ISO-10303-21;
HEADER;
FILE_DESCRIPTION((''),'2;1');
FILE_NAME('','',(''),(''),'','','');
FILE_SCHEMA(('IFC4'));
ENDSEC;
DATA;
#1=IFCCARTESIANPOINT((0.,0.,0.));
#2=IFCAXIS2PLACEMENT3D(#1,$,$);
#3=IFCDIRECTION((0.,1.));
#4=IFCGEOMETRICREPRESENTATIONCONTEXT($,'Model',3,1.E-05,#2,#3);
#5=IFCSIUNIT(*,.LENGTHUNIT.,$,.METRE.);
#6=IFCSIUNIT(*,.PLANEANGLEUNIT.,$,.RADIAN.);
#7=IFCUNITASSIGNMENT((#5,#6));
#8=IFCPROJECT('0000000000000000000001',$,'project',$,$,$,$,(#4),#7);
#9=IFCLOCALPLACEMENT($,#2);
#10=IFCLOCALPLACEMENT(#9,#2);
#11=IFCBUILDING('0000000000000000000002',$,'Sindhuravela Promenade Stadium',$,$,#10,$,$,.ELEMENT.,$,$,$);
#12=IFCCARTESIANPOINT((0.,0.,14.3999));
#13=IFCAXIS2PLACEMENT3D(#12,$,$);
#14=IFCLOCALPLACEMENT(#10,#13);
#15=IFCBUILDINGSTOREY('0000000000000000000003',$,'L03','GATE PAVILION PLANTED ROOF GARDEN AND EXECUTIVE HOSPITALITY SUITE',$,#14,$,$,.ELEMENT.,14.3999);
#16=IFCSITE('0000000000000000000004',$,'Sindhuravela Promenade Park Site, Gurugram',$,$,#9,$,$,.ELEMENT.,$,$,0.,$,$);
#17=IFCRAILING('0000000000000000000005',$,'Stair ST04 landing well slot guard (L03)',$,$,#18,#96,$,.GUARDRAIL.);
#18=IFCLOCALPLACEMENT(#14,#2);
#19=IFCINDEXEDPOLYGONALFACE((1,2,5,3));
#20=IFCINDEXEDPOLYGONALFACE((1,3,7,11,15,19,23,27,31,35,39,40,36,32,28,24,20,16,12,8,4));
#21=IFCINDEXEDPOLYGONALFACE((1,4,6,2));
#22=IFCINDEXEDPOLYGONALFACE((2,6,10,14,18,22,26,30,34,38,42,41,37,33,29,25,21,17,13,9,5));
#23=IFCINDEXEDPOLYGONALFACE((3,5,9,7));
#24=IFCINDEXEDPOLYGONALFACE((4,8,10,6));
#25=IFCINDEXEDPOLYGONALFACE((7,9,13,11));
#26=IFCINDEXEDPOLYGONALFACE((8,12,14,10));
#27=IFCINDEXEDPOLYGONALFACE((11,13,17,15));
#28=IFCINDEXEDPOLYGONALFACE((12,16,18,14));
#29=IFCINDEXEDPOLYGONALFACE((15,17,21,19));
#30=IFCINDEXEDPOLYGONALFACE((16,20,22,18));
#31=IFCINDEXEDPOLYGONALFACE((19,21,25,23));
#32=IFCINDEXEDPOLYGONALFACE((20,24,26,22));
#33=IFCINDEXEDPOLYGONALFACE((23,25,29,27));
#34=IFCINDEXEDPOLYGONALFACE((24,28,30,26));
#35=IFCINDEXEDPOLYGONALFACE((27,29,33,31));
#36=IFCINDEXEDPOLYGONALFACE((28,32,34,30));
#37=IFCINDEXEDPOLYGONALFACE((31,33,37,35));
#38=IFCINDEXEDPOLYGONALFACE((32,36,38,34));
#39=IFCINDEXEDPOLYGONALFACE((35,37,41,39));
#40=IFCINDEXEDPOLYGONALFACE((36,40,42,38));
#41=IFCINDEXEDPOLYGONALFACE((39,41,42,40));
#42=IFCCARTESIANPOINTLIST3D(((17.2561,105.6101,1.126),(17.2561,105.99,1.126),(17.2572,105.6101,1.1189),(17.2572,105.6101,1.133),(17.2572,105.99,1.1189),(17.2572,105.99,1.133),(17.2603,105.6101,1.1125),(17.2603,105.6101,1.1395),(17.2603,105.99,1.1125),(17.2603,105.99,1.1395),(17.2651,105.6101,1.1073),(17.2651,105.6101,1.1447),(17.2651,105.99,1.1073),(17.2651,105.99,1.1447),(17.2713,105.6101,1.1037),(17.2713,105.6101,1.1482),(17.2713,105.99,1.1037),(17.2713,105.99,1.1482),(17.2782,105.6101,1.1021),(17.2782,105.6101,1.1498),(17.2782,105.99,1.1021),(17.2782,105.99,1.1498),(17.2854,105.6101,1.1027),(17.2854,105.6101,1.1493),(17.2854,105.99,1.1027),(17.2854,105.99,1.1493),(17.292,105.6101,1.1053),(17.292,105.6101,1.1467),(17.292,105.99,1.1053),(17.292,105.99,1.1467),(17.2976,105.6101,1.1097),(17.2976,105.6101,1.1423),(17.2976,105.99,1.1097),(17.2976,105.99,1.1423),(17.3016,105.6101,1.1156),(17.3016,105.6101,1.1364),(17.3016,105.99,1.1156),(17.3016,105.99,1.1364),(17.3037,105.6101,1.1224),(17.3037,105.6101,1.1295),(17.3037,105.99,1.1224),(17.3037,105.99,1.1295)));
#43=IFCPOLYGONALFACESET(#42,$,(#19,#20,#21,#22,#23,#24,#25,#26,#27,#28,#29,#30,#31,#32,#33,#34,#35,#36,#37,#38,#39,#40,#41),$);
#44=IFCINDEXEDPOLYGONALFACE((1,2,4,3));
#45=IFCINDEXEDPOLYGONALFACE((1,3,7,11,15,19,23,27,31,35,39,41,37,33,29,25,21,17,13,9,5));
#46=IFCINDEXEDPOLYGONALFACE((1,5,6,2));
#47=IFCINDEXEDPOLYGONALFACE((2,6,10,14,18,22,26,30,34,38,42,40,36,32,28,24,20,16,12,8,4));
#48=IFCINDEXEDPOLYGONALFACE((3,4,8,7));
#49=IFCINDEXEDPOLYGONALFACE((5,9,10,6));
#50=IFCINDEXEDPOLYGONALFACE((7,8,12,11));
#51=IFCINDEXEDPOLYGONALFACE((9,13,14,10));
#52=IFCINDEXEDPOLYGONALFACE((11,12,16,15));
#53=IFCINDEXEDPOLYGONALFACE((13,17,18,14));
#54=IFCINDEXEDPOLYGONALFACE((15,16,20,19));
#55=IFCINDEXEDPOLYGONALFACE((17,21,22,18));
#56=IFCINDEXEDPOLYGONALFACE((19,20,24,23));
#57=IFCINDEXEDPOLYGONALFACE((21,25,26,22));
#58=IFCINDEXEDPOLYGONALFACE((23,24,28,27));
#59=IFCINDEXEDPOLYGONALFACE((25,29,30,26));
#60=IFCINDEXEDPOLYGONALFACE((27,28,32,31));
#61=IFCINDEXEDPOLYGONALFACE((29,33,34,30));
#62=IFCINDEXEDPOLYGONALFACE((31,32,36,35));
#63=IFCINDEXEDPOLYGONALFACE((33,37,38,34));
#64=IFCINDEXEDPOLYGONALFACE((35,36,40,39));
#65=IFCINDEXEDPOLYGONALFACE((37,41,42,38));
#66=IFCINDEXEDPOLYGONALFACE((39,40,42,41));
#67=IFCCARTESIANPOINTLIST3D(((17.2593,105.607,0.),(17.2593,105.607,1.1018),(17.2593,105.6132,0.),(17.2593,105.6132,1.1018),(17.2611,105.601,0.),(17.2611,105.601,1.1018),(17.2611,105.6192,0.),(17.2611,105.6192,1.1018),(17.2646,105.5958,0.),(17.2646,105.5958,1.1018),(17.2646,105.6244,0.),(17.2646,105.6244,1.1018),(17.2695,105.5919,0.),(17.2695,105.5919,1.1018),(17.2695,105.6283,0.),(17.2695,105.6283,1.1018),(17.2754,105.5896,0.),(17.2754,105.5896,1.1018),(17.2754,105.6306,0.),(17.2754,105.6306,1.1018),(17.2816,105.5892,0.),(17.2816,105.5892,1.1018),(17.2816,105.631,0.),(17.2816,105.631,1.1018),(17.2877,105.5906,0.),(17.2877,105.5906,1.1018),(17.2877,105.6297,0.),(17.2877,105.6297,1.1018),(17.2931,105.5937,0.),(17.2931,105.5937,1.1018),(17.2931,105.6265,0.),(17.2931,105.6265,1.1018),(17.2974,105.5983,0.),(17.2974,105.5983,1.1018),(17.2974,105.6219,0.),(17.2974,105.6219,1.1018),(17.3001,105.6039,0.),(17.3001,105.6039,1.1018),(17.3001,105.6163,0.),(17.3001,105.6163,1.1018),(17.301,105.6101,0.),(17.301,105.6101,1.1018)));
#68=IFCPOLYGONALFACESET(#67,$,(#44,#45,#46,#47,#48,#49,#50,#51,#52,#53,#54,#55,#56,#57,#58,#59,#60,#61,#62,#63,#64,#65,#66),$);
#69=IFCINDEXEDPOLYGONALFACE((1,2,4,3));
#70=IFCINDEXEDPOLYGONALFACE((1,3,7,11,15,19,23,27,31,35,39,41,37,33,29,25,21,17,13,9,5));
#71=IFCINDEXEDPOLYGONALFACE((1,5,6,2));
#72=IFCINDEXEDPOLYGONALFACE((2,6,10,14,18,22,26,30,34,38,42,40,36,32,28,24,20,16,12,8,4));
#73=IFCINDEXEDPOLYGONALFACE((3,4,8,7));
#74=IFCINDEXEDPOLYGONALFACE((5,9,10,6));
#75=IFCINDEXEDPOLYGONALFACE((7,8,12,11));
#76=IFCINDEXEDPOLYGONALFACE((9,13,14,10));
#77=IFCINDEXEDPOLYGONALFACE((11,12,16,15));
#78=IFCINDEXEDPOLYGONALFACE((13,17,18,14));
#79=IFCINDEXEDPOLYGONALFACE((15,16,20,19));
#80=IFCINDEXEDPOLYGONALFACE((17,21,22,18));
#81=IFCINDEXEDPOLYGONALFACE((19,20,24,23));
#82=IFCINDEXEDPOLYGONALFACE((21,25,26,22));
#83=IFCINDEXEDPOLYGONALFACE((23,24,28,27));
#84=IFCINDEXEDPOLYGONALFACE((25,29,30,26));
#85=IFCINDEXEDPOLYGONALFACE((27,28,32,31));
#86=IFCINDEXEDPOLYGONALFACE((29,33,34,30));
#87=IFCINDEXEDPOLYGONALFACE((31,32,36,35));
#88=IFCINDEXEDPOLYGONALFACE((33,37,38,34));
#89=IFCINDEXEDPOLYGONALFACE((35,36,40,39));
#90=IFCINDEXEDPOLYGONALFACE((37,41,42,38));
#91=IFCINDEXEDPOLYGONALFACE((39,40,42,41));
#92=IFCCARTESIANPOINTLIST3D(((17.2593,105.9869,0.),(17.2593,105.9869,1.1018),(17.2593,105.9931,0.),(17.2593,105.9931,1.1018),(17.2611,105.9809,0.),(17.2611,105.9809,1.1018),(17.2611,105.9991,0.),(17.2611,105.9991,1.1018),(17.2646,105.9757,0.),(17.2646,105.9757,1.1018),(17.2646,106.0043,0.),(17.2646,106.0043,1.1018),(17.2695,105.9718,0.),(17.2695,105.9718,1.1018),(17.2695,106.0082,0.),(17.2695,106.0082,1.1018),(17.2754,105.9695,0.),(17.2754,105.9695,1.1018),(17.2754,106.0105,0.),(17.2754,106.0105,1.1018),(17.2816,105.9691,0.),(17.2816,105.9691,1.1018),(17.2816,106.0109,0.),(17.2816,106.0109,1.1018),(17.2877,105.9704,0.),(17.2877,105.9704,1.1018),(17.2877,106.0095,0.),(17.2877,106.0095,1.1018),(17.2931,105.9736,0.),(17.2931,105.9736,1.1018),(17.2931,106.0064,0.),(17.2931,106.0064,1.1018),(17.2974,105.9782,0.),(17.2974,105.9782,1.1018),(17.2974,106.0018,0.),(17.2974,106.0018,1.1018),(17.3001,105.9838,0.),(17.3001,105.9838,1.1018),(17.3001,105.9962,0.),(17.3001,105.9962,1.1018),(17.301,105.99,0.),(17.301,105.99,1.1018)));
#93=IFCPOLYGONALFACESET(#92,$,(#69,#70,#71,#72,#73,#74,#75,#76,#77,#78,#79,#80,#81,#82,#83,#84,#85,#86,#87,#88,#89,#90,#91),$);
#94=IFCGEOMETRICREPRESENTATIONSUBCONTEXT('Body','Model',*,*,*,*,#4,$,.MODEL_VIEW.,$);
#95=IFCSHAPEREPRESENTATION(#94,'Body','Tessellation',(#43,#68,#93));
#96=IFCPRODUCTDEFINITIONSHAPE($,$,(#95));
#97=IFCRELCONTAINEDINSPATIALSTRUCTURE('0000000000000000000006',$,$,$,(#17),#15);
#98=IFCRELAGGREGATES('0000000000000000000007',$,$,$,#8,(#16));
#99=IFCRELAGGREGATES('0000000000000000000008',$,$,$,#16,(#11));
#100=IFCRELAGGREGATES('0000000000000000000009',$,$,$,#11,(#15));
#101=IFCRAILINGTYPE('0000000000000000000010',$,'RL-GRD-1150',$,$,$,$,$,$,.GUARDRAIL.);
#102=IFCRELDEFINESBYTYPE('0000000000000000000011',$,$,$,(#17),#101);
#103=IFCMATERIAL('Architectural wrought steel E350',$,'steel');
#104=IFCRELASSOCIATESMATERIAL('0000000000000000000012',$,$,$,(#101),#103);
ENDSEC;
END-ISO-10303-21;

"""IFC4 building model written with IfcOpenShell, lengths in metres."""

from ifc_helpers import new_model, si_unit, direction, frame, origin, origin_2d, place, context, subcontext, project, spatial, circle, extrude, material, type_object, element, save


model = new_model("IFC4")

# Units and contexts
model_context = context("Model", 3, precision=1e-05, world=origin(), true_north=direction((0.0, 1.0)))
body_context = subcontext(model_context, "Body", "Model", "MODEL_VIEW")
ifc_project = project(units=[si_unit("LENGTHUNIT", "METRE"), si_unit("PLANEANGLEUNIT", "RADIAN")], contexts=[model_context])

# Site, building, storey
site_placement = place(None, origin())
site = spatial("IfcSite", under=ifc_project, at=site_placement, Name="Sindhuravela Promenade Park Site, Gurugram", CompositionType="ELEMENT", RefElevation=0.0)
building_placement = place(site_placement, origin())
building = spatial("IfcBuilding", under=site, at=building_placement, Name="Sindhuravela Promenade Stadium", CompositionType="ELEMENT")
storey_placement = place(building_placement, frame((0.0, 0.0, 14.3999)))
storey = spatial("IfcBuildingStorey", under=building, at=storey_placement, Name="L03", Description="GATE PAVILION PLANTED ROOF GARDEN AND EXECUTIVE HOSPITALITY SUITE", CompositionType="ELEMENT", Elevation=14.3999)

# Shared definitions
ifc_material_1 = material(Name="Architectural wrought steel E350", Category="steel")

# Railing
railing_type_1 = type_object("IfcRailingType", Name="RL-GRD-1150", PredefinedType="GUARDRAIL", material=ifc_material_1)
railing_1_placement = place(storey_placement, frame((17.28, 105.6101, 0.0)))
element("IfcRailing", 1, at=railing_1_placement, inside=storey, type_object=railing_type_1, Name="Stair ST04 landing well slot guard (L03)", PredefinedType="GUARDRAIL", context=body_context, shape_type="SweptSolid", body=[
    extrude(circle(Radius=0.0239, at=origin_2d()), frame((0.0, 0.0, 1.126), z_axis=(0.0, 1.0, 0.0), x_axis=(-1.0, 0.0, 0.0)), (0.0, 0.0, 1.0), 0.3799),
    extrude(circle(Radius=0.021, at=origin_2d()), origin(), (0.0, 0.0, 1.0), 1.1018),
    extrude(circle(Radius=0.021, at=origin_2d()), frame((0.0, 0.3799, 0.0)), (0.0, 0.0, 1.0), 1.1018),
])

save(model, "model.ifc")
